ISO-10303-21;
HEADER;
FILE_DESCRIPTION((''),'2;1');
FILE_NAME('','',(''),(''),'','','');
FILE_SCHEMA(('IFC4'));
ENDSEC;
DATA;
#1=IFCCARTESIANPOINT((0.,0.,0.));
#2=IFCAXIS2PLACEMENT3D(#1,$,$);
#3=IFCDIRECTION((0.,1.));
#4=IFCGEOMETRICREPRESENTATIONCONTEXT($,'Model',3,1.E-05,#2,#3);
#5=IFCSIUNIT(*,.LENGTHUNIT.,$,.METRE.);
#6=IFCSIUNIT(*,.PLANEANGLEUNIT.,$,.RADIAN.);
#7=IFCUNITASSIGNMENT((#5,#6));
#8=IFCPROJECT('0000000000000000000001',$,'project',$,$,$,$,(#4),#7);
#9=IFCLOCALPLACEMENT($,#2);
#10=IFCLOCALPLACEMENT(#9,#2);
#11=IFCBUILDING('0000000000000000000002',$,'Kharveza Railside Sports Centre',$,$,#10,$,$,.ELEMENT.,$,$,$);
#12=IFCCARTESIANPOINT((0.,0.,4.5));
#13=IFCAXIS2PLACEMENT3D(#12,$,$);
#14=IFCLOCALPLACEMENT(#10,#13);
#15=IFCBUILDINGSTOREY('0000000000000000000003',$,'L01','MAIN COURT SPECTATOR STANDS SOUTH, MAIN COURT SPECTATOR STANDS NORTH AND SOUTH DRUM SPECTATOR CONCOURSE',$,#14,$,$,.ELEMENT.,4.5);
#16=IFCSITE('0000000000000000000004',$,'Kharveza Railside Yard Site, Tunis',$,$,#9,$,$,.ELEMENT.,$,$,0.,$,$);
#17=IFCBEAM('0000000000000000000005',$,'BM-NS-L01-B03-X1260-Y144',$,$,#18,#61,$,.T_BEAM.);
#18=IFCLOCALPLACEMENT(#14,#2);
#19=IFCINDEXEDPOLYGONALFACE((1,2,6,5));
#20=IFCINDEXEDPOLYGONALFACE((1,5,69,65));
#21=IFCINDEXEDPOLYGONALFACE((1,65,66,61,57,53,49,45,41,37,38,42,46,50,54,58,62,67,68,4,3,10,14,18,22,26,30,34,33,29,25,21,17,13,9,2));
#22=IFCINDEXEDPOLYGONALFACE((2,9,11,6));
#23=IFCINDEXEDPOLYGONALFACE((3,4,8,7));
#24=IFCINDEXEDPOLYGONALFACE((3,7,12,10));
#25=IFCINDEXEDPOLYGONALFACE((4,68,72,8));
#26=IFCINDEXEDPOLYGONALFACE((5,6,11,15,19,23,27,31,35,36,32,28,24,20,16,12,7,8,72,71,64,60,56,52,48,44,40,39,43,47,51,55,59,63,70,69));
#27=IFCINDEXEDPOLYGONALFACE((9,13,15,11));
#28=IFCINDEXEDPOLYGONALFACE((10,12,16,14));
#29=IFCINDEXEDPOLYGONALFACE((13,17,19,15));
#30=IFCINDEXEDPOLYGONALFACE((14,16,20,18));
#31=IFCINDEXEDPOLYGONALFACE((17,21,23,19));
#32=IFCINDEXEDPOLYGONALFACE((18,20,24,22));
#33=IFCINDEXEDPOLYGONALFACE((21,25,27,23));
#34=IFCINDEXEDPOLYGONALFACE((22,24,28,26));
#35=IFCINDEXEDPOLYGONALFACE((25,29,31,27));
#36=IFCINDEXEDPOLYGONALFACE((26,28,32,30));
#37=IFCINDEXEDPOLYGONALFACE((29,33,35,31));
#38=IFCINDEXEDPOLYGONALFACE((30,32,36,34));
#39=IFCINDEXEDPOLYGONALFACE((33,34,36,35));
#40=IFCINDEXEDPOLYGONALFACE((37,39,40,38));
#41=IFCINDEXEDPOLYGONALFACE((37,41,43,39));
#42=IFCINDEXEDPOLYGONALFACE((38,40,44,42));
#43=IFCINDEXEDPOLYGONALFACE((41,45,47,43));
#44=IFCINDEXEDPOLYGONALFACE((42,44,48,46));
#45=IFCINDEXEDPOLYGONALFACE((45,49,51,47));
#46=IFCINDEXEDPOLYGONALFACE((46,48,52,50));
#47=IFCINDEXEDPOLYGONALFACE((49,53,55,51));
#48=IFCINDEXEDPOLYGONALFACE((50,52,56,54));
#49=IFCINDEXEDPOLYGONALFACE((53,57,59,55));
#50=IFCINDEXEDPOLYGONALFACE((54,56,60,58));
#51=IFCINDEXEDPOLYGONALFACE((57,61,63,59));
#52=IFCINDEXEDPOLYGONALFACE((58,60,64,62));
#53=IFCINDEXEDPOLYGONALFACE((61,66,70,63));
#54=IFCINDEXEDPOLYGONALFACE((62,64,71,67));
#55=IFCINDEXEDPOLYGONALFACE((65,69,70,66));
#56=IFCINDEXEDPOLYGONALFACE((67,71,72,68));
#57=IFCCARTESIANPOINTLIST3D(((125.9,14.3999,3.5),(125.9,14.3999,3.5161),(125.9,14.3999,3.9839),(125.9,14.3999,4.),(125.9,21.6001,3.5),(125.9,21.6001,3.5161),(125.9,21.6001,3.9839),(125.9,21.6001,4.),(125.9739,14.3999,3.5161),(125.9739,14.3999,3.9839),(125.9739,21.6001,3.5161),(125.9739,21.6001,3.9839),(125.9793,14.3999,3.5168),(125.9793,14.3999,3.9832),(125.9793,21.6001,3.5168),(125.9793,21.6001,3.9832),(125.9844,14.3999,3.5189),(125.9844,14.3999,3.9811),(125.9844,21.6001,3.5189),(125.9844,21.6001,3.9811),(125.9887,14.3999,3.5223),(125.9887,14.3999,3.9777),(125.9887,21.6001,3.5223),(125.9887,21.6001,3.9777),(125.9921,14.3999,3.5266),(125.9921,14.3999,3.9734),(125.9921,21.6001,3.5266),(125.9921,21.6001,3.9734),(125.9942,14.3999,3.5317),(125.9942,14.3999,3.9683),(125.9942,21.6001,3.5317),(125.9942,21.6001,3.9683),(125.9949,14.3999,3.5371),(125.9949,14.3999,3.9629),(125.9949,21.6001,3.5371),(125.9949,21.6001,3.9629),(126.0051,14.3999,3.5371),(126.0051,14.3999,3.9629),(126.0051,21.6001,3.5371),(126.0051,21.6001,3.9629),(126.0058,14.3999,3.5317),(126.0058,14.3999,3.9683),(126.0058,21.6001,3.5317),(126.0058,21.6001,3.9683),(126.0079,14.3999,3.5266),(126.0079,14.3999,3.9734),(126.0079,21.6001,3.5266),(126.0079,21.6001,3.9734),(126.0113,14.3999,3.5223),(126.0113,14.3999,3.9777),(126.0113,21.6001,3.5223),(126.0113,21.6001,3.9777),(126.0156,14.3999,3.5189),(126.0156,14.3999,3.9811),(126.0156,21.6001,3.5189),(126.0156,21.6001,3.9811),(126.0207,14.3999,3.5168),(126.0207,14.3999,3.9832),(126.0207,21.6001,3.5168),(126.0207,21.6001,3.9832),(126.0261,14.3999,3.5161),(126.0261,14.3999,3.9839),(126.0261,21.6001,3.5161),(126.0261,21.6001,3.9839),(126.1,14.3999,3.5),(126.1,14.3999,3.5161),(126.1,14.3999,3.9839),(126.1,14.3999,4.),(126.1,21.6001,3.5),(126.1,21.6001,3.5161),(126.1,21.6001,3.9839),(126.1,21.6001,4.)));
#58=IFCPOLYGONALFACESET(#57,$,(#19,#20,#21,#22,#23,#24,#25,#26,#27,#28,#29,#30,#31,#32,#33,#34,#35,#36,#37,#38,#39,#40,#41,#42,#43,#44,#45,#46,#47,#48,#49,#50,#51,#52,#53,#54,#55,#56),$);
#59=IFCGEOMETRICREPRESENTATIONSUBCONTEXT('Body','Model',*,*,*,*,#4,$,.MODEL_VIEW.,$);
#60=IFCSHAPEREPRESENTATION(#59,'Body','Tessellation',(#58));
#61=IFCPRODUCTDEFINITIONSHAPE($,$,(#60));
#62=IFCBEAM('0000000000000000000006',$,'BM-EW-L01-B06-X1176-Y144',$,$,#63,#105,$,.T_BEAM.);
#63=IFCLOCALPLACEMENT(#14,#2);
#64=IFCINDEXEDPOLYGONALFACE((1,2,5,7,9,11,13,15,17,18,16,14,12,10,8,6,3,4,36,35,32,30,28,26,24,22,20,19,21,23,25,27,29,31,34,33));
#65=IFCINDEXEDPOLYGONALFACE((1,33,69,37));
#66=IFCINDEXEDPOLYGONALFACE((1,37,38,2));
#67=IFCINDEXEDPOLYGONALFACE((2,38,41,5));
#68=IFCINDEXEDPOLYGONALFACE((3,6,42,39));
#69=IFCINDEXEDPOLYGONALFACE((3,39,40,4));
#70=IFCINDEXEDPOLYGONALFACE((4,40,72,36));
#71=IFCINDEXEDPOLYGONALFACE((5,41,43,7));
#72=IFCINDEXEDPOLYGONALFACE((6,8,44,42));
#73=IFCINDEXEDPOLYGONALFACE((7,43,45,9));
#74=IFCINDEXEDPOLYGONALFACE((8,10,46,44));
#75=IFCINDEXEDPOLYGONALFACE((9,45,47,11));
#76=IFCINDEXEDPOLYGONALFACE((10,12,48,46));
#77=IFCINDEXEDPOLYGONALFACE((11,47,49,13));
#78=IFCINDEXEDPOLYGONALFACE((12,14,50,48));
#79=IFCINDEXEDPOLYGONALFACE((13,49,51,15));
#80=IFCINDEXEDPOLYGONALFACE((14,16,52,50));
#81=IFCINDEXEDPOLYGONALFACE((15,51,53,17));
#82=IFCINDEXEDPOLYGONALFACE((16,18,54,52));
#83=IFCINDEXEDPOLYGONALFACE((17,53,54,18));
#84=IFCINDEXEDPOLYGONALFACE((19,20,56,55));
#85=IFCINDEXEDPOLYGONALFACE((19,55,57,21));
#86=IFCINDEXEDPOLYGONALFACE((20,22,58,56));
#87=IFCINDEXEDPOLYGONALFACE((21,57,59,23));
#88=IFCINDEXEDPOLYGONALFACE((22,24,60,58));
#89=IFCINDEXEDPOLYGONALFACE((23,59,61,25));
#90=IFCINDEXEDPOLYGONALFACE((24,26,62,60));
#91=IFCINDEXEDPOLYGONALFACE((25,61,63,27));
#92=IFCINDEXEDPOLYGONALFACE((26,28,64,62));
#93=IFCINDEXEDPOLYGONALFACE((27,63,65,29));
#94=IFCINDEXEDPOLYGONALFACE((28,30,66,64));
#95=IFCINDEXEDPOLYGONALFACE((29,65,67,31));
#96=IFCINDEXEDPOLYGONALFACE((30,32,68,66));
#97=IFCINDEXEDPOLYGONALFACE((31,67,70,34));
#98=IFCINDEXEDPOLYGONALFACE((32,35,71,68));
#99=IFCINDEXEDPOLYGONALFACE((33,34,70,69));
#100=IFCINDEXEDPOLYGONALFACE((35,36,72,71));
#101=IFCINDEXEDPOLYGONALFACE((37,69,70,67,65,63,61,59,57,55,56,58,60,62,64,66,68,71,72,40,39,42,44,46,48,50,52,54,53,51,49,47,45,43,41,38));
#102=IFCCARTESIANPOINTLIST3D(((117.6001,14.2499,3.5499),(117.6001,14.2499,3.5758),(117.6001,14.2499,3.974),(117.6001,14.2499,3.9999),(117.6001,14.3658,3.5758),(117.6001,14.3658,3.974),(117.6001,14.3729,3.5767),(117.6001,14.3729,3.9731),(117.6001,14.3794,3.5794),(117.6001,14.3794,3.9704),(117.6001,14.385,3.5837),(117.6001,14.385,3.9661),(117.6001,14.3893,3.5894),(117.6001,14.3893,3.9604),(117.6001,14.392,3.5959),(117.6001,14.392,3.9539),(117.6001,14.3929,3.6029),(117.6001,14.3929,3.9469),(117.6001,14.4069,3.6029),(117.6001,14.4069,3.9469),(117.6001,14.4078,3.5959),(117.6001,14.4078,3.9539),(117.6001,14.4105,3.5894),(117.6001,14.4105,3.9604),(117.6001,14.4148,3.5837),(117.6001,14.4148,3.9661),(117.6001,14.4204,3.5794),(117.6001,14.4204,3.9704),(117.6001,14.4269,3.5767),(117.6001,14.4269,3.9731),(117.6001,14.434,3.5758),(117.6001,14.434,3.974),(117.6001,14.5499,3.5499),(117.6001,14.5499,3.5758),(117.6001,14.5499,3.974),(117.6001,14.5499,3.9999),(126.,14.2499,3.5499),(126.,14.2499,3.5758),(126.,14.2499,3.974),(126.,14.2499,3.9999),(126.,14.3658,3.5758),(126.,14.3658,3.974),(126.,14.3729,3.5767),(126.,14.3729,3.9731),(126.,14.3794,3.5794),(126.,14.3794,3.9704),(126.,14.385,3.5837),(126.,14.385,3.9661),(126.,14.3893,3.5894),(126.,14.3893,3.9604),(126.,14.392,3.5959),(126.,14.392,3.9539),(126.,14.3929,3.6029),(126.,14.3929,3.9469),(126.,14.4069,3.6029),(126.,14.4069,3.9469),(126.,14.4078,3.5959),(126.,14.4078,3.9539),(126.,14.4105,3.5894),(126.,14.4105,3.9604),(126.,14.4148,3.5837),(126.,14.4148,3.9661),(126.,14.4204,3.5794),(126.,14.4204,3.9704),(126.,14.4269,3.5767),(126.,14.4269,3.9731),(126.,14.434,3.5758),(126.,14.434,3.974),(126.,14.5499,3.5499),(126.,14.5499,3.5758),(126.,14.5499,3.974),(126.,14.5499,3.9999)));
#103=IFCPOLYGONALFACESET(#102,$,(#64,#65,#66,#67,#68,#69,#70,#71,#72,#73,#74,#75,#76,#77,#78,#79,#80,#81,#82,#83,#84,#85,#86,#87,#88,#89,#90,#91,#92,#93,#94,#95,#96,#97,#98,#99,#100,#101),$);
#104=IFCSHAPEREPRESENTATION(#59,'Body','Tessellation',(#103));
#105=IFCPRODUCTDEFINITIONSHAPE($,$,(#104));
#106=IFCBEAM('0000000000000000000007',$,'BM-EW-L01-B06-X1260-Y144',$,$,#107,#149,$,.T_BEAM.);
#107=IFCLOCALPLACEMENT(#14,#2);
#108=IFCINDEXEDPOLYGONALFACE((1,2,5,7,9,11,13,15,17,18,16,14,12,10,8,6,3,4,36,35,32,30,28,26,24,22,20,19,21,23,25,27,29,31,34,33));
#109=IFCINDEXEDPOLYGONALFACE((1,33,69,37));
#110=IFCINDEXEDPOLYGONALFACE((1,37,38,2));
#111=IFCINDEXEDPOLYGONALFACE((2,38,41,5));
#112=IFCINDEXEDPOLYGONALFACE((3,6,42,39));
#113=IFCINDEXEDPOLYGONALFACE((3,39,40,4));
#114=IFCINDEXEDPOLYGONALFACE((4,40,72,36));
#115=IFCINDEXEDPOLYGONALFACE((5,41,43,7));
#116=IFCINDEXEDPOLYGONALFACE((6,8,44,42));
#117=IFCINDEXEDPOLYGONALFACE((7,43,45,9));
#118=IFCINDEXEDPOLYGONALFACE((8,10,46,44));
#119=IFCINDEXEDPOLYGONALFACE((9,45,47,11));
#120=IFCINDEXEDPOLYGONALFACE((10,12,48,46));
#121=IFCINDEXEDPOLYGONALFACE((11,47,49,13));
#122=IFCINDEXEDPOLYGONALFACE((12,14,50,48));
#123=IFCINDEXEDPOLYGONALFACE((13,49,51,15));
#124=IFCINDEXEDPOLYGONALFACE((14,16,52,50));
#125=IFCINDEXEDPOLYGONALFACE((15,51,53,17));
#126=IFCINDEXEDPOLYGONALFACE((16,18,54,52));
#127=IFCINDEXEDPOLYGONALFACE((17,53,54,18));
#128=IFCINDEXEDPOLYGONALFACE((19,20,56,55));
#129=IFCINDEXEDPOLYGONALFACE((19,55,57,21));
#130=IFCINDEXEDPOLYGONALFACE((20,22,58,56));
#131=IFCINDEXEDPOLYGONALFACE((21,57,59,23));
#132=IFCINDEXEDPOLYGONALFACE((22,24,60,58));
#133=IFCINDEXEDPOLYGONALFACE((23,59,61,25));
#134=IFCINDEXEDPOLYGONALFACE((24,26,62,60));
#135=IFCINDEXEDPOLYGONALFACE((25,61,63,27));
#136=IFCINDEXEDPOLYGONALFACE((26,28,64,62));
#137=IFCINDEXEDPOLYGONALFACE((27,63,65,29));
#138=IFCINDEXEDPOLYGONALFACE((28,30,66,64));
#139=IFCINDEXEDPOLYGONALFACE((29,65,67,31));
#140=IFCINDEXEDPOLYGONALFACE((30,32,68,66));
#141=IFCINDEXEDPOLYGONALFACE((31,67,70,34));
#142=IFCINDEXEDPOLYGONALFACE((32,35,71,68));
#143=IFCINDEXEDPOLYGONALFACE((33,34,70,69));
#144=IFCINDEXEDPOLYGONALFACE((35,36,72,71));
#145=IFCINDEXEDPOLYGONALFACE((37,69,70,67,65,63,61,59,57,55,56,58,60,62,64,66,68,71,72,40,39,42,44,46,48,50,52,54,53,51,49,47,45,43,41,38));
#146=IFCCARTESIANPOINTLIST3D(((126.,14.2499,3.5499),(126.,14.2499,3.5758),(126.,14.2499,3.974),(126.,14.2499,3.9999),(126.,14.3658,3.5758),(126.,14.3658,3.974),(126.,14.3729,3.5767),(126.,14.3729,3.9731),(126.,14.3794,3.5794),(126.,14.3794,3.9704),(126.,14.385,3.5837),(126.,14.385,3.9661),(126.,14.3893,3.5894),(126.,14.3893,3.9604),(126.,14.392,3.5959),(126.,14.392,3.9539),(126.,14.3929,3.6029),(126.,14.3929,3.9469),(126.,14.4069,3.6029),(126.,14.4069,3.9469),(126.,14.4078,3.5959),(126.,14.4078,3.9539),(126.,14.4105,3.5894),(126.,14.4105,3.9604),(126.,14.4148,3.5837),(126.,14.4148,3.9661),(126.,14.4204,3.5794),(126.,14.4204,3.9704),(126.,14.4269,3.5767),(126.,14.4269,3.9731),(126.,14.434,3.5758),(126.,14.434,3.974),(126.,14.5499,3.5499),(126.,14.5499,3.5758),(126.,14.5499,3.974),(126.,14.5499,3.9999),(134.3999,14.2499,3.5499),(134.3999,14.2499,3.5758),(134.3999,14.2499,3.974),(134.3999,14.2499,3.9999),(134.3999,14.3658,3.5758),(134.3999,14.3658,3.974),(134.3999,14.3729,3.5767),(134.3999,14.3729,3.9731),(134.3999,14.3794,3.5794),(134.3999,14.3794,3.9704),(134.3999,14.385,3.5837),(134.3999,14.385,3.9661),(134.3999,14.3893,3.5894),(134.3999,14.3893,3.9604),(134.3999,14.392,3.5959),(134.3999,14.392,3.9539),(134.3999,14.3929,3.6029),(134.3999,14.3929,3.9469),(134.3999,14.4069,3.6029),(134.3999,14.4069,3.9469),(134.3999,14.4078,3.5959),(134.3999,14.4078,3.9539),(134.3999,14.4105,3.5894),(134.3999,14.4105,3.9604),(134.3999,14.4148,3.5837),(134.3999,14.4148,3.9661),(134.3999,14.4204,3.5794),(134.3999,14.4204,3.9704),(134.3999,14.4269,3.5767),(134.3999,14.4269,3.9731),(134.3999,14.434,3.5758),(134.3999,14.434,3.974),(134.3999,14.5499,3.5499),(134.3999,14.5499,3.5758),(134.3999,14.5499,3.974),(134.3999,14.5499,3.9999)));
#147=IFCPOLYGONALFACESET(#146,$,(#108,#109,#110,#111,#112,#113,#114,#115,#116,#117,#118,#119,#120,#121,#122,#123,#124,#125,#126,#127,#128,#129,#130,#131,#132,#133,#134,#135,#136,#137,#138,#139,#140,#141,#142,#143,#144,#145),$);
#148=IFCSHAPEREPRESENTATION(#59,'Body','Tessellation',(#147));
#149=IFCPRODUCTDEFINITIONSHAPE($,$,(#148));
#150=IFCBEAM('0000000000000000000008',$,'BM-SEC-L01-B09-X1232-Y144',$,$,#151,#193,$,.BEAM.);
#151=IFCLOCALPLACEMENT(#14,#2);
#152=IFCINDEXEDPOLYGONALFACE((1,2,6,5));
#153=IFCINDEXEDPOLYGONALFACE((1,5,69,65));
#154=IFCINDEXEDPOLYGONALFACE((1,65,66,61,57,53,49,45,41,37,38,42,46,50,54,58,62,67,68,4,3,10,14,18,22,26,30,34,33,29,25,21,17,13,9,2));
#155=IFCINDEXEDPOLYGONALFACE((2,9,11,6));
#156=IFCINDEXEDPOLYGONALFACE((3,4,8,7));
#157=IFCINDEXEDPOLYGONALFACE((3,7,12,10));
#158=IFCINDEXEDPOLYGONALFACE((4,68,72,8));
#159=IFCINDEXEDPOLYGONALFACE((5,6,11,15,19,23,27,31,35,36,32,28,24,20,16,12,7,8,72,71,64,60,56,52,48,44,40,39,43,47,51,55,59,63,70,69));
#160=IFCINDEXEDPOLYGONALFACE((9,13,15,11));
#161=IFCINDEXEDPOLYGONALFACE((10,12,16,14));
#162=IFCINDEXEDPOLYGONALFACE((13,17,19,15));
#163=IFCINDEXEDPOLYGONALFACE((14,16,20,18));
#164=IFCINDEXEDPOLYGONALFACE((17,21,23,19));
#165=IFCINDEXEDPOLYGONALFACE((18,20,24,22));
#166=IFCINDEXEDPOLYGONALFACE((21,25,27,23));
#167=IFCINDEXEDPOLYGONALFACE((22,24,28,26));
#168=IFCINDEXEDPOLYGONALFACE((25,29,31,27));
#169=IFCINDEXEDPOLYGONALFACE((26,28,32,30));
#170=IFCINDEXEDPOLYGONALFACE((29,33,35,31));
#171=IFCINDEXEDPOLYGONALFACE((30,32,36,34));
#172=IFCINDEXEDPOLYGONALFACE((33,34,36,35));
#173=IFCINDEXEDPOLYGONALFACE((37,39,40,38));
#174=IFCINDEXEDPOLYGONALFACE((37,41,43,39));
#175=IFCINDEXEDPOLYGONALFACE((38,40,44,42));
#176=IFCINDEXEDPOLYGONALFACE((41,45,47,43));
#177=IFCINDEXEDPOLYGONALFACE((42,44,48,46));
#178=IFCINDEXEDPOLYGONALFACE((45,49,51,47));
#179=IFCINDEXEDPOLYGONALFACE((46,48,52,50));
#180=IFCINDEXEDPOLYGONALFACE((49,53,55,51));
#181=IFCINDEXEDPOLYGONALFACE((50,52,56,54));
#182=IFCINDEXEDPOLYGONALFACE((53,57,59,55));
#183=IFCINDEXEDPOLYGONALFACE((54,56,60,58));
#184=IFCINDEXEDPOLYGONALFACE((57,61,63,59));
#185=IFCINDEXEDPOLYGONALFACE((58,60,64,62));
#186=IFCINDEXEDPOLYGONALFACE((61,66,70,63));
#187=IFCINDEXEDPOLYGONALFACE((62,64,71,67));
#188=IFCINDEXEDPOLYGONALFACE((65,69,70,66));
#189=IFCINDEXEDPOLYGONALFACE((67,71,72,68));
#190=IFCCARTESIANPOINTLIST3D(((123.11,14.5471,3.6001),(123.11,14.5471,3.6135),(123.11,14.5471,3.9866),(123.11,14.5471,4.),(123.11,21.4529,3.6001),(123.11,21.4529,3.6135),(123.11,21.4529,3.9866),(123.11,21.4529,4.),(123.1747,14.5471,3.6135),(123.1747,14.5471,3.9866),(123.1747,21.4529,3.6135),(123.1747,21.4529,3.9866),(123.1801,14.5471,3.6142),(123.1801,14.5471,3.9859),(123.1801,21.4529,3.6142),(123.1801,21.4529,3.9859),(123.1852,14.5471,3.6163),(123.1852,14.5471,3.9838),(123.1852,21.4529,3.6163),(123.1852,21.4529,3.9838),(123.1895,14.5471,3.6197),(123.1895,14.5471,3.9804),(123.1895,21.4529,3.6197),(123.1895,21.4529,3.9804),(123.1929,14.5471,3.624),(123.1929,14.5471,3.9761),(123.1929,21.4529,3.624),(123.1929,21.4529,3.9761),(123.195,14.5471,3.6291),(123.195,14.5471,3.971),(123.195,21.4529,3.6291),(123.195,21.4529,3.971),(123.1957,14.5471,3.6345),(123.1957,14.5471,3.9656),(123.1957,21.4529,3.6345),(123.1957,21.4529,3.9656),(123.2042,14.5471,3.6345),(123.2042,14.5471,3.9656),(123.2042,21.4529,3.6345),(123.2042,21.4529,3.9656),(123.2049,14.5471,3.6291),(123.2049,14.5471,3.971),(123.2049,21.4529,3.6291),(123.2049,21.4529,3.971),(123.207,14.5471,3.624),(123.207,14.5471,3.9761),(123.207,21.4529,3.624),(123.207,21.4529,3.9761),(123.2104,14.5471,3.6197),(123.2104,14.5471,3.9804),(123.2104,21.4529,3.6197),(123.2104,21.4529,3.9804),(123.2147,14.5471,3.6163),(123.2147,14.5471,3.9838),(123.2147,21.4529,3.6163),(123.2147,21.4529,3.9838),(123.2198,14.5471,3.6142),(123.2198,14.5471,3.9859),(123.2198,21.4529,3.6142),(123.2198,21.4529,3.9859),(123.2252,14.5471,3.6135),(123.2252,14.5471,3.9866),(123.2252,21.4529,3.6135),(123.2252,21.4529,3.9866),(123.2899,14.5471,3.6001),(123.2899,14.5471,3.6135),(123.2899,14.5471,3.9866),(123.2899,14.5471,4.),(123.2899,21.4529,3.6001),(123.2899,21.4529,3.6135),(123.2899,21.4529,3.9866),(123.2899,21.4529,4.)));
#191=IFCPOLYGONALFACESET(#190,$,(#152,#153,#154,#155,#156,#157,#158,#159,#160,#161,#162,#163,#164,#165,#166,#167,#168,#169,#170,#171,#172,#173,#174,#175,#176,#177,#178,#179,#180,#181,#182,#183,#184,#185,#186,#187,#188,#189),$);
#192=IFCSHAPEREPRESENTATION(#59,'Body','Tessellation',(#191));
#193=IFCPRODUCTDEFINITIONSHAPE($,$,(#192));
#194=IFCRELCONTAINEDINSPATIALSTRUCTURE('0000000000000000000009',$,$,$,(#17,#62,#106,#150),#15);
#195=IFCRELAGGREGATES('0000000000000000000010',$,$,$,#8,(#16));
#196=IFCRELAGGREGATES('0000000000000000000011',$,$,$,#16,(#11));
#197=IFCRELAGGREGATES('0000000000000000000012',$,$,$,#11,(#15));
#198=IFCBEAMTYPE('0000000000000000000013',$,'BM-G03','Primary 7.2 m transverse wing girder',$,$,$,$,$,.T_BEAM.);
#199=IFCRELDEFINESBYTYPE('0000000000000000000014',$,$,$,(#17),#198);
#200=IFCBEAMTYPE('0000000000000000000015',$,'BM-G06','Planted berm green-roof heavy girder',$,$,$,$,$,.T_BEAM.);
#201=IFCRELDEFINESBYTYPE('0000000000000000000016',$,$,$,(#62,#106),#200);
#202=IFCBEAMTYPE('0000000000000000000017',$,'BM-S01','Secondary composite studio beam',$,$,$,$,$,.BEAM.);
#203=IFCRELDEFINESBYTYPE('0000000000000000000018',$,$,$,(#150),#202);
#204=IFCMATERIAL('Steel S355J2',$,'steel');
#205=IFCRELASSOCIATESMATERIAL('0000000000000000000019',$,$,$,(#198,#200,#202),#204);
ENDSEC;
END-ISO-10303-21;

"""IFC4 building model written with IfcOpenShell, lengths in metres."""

from ifc_helpers import new_model, si_unit, direction, frame, origin, origin_2d, place, context, subcontext, project, spatial, i_section, extrude, material, material_profile, profile_set, type_object, element, save


model = new_model("IFC4")

# Units and contexts
model_context = context("Model", 3, precision=1e-05, world=origin(), true_north=direction((0.0, 1.0)))
body_context = subcontext(model_context, "Body", "Model", "MODEL_VIEW")
ifc_project = project(units=[si_unit("LENGTHUNIT", "METRE"), si_unit("PLANEANGLEUNIT", "RADIAN")], contexts=[model_context])

# Site, building, storey
site_placement = place(None, origin())
site = spatial("IfcSite", under=ifc_project, at=site_placement, Name="Kharveza Railside Yard Site, Tunis", CompositionType="ELEMENT", RefElevation=0.0)
building_placement = place(site_placement, origin())
building = spatial("IfcBuilding", under=site, at=building_placement, Name="Kharveza Railside Sports Centre", CompositionType="ELEMENT")
storey_placement = place(building_placement, frame((0.0, 0.0, 4.5)))
storey = spatial("IfcBuildingStorey", under=building, at=storey_placement, Name="L01", Description="MAIN COURT SPECTATOR STANDS SOUTH, MAIN COURT SPECTATOR STANDS NORTH AND SOUTH DRUM SPECTATOR CONCOURSE", CompositionType="ELEMENT", Elevation=4.5)

# Shared definitions
ifc_material_1 = material(Name="Steel S355J2", Category="steel")

# Beams
ifc_material_profile_1 = material_profile(ifc_material_1, i_section(OverallWidth=0.2, OverallDepth=0.5, WebThickness=0.0103, FlangeThickness=0.0161, FilletRadius=0.021, at=origin_2d()), Name="IPE 500")
ifc_profile_set_1 = profile_set([ifc_material_profile_1], Name="Steel S355J2")
beam_type_1 = type_object("IfcBeamType", Name="BM-G03", Description="Primary 7.2 m transverse wing girder", PredefinedType="T_BEAM", material=ifc_profile_set_1)
beam_1_placement = place(storey_placement, frame((126.0, 14.3999, 3.75), z_axis=(0.0, 1.0, 0.0), x_axis=(-1.0, 0.0, 0.0)))
element("IfcBeam", 1, at=beam_1_placement, inside=storey, type_object=beam_type_1, Name="BM-NS-L01-B03-X1260-Y144", PredefinedType="T_BEAM", context=body_context, shape_type="SweptSolid", body=[
    extrude(i_section(OverallWidth=0.2, OverallDepth=0.5, WebThickness=0.0103, FlangeThickness=0.0161, FilletRadius=0.021, at=origin_2d()), origin(), (0.0, 0.0, 1.0), 7.2002),
])
ifc_material_profile_2 = material_profile(ifc_material_1, i_section(OverallWidth=0.3, OverallDepth=0.45, WebThickness=0.0139, FlangeThickness=0.0259, FilletRadius=0.0271, at=origin_2d()), Name="HEB 450")
ifc_profile_set_2 = profile_set([ifc_material_profile_2], Name="Steel S355J2")
beam_type_2 = type_object("IfcBeamType", Name="BM-G06", Description="Planted berm green-roof heavy girder", PredefinedType="T_BEAM", material=ifc_profile_set_2)
for number, where, z_axis, x_axis, name in (
    (2, (117.6001, 14.3999, 3.7749), (1.0, 0.0, 0.0), (0.0, 1.0, 0.0), "BM-EW-L01-B06-X1176-Y144"),
    (3, (126.0, 14.3999, 3.7749), (1.0, 0.0, 0.0), (0.0, 1.0, 0.0), "BM-EW-L01-B06-X1260-Y144"),
):
    element("IfcBeam", number, at=place(storey_placement, frame(where, z_axis=z_axis, x_axis=x_axis)), inside=storey, type_object=beam_type_2, Name=name, PredefinedType="T_BEAM", context=body_context, shape_type="SweptSolid", body=[
        extrude(i_section(OverallWidth=0.3, OverallDepth=0.45, WebThickness=0.0139, FlangeThickness=0.0259, FilletRadius=0.0271, at=origin_2d()), origin(), (0.0, 0.0, 1.0), 8.3999),
    ])
ifc_material_profile_3 = material_profile(ifc_material_1, i_section(OverallWidth=0.1799, OverallDepth=0.3999, WebThickness=0.0085, FlangeThickness=0.0134, FilletRadius=0.021, at=origin_2d()), Name="IPE 400")
ifc_profile_set_3 = profile_set([ifc_material_profile_3], Name="Steel S355J2")
beam_type_3 = type_object("IfcBeamType", Name="BM-S01", Description="Secondary composite studio beam", PredefinedType="BEAM", material=ifc_profile_set_3)
beam_2_placement = place(storey_placement, frame((123.2, 14.5471, 3.8), z_axis=(0.0, 1.0, 0.0), x_axis=(-1.0, 0.0, 0.0)))
element("IfcBeam", 4, at=beam_2_placement, inside=storey, type_object=beam_type_3, Name="BM-SEC-L01-B09-X1232-Y144", PredefinedType="BEAM", context=body_context, shape_type="SweptSolid", body=[
    extrude(i_section(OverallWidth=0.1799, OverallDepth=0.3999, WebThickness=0.0085, FlangeThickness=0.0134, FilletRadius=0.021, at=origin_2d()), origin(), (0.0, 0.0, 1.0), 6.9058),
])

save(model, "model.ifc")
